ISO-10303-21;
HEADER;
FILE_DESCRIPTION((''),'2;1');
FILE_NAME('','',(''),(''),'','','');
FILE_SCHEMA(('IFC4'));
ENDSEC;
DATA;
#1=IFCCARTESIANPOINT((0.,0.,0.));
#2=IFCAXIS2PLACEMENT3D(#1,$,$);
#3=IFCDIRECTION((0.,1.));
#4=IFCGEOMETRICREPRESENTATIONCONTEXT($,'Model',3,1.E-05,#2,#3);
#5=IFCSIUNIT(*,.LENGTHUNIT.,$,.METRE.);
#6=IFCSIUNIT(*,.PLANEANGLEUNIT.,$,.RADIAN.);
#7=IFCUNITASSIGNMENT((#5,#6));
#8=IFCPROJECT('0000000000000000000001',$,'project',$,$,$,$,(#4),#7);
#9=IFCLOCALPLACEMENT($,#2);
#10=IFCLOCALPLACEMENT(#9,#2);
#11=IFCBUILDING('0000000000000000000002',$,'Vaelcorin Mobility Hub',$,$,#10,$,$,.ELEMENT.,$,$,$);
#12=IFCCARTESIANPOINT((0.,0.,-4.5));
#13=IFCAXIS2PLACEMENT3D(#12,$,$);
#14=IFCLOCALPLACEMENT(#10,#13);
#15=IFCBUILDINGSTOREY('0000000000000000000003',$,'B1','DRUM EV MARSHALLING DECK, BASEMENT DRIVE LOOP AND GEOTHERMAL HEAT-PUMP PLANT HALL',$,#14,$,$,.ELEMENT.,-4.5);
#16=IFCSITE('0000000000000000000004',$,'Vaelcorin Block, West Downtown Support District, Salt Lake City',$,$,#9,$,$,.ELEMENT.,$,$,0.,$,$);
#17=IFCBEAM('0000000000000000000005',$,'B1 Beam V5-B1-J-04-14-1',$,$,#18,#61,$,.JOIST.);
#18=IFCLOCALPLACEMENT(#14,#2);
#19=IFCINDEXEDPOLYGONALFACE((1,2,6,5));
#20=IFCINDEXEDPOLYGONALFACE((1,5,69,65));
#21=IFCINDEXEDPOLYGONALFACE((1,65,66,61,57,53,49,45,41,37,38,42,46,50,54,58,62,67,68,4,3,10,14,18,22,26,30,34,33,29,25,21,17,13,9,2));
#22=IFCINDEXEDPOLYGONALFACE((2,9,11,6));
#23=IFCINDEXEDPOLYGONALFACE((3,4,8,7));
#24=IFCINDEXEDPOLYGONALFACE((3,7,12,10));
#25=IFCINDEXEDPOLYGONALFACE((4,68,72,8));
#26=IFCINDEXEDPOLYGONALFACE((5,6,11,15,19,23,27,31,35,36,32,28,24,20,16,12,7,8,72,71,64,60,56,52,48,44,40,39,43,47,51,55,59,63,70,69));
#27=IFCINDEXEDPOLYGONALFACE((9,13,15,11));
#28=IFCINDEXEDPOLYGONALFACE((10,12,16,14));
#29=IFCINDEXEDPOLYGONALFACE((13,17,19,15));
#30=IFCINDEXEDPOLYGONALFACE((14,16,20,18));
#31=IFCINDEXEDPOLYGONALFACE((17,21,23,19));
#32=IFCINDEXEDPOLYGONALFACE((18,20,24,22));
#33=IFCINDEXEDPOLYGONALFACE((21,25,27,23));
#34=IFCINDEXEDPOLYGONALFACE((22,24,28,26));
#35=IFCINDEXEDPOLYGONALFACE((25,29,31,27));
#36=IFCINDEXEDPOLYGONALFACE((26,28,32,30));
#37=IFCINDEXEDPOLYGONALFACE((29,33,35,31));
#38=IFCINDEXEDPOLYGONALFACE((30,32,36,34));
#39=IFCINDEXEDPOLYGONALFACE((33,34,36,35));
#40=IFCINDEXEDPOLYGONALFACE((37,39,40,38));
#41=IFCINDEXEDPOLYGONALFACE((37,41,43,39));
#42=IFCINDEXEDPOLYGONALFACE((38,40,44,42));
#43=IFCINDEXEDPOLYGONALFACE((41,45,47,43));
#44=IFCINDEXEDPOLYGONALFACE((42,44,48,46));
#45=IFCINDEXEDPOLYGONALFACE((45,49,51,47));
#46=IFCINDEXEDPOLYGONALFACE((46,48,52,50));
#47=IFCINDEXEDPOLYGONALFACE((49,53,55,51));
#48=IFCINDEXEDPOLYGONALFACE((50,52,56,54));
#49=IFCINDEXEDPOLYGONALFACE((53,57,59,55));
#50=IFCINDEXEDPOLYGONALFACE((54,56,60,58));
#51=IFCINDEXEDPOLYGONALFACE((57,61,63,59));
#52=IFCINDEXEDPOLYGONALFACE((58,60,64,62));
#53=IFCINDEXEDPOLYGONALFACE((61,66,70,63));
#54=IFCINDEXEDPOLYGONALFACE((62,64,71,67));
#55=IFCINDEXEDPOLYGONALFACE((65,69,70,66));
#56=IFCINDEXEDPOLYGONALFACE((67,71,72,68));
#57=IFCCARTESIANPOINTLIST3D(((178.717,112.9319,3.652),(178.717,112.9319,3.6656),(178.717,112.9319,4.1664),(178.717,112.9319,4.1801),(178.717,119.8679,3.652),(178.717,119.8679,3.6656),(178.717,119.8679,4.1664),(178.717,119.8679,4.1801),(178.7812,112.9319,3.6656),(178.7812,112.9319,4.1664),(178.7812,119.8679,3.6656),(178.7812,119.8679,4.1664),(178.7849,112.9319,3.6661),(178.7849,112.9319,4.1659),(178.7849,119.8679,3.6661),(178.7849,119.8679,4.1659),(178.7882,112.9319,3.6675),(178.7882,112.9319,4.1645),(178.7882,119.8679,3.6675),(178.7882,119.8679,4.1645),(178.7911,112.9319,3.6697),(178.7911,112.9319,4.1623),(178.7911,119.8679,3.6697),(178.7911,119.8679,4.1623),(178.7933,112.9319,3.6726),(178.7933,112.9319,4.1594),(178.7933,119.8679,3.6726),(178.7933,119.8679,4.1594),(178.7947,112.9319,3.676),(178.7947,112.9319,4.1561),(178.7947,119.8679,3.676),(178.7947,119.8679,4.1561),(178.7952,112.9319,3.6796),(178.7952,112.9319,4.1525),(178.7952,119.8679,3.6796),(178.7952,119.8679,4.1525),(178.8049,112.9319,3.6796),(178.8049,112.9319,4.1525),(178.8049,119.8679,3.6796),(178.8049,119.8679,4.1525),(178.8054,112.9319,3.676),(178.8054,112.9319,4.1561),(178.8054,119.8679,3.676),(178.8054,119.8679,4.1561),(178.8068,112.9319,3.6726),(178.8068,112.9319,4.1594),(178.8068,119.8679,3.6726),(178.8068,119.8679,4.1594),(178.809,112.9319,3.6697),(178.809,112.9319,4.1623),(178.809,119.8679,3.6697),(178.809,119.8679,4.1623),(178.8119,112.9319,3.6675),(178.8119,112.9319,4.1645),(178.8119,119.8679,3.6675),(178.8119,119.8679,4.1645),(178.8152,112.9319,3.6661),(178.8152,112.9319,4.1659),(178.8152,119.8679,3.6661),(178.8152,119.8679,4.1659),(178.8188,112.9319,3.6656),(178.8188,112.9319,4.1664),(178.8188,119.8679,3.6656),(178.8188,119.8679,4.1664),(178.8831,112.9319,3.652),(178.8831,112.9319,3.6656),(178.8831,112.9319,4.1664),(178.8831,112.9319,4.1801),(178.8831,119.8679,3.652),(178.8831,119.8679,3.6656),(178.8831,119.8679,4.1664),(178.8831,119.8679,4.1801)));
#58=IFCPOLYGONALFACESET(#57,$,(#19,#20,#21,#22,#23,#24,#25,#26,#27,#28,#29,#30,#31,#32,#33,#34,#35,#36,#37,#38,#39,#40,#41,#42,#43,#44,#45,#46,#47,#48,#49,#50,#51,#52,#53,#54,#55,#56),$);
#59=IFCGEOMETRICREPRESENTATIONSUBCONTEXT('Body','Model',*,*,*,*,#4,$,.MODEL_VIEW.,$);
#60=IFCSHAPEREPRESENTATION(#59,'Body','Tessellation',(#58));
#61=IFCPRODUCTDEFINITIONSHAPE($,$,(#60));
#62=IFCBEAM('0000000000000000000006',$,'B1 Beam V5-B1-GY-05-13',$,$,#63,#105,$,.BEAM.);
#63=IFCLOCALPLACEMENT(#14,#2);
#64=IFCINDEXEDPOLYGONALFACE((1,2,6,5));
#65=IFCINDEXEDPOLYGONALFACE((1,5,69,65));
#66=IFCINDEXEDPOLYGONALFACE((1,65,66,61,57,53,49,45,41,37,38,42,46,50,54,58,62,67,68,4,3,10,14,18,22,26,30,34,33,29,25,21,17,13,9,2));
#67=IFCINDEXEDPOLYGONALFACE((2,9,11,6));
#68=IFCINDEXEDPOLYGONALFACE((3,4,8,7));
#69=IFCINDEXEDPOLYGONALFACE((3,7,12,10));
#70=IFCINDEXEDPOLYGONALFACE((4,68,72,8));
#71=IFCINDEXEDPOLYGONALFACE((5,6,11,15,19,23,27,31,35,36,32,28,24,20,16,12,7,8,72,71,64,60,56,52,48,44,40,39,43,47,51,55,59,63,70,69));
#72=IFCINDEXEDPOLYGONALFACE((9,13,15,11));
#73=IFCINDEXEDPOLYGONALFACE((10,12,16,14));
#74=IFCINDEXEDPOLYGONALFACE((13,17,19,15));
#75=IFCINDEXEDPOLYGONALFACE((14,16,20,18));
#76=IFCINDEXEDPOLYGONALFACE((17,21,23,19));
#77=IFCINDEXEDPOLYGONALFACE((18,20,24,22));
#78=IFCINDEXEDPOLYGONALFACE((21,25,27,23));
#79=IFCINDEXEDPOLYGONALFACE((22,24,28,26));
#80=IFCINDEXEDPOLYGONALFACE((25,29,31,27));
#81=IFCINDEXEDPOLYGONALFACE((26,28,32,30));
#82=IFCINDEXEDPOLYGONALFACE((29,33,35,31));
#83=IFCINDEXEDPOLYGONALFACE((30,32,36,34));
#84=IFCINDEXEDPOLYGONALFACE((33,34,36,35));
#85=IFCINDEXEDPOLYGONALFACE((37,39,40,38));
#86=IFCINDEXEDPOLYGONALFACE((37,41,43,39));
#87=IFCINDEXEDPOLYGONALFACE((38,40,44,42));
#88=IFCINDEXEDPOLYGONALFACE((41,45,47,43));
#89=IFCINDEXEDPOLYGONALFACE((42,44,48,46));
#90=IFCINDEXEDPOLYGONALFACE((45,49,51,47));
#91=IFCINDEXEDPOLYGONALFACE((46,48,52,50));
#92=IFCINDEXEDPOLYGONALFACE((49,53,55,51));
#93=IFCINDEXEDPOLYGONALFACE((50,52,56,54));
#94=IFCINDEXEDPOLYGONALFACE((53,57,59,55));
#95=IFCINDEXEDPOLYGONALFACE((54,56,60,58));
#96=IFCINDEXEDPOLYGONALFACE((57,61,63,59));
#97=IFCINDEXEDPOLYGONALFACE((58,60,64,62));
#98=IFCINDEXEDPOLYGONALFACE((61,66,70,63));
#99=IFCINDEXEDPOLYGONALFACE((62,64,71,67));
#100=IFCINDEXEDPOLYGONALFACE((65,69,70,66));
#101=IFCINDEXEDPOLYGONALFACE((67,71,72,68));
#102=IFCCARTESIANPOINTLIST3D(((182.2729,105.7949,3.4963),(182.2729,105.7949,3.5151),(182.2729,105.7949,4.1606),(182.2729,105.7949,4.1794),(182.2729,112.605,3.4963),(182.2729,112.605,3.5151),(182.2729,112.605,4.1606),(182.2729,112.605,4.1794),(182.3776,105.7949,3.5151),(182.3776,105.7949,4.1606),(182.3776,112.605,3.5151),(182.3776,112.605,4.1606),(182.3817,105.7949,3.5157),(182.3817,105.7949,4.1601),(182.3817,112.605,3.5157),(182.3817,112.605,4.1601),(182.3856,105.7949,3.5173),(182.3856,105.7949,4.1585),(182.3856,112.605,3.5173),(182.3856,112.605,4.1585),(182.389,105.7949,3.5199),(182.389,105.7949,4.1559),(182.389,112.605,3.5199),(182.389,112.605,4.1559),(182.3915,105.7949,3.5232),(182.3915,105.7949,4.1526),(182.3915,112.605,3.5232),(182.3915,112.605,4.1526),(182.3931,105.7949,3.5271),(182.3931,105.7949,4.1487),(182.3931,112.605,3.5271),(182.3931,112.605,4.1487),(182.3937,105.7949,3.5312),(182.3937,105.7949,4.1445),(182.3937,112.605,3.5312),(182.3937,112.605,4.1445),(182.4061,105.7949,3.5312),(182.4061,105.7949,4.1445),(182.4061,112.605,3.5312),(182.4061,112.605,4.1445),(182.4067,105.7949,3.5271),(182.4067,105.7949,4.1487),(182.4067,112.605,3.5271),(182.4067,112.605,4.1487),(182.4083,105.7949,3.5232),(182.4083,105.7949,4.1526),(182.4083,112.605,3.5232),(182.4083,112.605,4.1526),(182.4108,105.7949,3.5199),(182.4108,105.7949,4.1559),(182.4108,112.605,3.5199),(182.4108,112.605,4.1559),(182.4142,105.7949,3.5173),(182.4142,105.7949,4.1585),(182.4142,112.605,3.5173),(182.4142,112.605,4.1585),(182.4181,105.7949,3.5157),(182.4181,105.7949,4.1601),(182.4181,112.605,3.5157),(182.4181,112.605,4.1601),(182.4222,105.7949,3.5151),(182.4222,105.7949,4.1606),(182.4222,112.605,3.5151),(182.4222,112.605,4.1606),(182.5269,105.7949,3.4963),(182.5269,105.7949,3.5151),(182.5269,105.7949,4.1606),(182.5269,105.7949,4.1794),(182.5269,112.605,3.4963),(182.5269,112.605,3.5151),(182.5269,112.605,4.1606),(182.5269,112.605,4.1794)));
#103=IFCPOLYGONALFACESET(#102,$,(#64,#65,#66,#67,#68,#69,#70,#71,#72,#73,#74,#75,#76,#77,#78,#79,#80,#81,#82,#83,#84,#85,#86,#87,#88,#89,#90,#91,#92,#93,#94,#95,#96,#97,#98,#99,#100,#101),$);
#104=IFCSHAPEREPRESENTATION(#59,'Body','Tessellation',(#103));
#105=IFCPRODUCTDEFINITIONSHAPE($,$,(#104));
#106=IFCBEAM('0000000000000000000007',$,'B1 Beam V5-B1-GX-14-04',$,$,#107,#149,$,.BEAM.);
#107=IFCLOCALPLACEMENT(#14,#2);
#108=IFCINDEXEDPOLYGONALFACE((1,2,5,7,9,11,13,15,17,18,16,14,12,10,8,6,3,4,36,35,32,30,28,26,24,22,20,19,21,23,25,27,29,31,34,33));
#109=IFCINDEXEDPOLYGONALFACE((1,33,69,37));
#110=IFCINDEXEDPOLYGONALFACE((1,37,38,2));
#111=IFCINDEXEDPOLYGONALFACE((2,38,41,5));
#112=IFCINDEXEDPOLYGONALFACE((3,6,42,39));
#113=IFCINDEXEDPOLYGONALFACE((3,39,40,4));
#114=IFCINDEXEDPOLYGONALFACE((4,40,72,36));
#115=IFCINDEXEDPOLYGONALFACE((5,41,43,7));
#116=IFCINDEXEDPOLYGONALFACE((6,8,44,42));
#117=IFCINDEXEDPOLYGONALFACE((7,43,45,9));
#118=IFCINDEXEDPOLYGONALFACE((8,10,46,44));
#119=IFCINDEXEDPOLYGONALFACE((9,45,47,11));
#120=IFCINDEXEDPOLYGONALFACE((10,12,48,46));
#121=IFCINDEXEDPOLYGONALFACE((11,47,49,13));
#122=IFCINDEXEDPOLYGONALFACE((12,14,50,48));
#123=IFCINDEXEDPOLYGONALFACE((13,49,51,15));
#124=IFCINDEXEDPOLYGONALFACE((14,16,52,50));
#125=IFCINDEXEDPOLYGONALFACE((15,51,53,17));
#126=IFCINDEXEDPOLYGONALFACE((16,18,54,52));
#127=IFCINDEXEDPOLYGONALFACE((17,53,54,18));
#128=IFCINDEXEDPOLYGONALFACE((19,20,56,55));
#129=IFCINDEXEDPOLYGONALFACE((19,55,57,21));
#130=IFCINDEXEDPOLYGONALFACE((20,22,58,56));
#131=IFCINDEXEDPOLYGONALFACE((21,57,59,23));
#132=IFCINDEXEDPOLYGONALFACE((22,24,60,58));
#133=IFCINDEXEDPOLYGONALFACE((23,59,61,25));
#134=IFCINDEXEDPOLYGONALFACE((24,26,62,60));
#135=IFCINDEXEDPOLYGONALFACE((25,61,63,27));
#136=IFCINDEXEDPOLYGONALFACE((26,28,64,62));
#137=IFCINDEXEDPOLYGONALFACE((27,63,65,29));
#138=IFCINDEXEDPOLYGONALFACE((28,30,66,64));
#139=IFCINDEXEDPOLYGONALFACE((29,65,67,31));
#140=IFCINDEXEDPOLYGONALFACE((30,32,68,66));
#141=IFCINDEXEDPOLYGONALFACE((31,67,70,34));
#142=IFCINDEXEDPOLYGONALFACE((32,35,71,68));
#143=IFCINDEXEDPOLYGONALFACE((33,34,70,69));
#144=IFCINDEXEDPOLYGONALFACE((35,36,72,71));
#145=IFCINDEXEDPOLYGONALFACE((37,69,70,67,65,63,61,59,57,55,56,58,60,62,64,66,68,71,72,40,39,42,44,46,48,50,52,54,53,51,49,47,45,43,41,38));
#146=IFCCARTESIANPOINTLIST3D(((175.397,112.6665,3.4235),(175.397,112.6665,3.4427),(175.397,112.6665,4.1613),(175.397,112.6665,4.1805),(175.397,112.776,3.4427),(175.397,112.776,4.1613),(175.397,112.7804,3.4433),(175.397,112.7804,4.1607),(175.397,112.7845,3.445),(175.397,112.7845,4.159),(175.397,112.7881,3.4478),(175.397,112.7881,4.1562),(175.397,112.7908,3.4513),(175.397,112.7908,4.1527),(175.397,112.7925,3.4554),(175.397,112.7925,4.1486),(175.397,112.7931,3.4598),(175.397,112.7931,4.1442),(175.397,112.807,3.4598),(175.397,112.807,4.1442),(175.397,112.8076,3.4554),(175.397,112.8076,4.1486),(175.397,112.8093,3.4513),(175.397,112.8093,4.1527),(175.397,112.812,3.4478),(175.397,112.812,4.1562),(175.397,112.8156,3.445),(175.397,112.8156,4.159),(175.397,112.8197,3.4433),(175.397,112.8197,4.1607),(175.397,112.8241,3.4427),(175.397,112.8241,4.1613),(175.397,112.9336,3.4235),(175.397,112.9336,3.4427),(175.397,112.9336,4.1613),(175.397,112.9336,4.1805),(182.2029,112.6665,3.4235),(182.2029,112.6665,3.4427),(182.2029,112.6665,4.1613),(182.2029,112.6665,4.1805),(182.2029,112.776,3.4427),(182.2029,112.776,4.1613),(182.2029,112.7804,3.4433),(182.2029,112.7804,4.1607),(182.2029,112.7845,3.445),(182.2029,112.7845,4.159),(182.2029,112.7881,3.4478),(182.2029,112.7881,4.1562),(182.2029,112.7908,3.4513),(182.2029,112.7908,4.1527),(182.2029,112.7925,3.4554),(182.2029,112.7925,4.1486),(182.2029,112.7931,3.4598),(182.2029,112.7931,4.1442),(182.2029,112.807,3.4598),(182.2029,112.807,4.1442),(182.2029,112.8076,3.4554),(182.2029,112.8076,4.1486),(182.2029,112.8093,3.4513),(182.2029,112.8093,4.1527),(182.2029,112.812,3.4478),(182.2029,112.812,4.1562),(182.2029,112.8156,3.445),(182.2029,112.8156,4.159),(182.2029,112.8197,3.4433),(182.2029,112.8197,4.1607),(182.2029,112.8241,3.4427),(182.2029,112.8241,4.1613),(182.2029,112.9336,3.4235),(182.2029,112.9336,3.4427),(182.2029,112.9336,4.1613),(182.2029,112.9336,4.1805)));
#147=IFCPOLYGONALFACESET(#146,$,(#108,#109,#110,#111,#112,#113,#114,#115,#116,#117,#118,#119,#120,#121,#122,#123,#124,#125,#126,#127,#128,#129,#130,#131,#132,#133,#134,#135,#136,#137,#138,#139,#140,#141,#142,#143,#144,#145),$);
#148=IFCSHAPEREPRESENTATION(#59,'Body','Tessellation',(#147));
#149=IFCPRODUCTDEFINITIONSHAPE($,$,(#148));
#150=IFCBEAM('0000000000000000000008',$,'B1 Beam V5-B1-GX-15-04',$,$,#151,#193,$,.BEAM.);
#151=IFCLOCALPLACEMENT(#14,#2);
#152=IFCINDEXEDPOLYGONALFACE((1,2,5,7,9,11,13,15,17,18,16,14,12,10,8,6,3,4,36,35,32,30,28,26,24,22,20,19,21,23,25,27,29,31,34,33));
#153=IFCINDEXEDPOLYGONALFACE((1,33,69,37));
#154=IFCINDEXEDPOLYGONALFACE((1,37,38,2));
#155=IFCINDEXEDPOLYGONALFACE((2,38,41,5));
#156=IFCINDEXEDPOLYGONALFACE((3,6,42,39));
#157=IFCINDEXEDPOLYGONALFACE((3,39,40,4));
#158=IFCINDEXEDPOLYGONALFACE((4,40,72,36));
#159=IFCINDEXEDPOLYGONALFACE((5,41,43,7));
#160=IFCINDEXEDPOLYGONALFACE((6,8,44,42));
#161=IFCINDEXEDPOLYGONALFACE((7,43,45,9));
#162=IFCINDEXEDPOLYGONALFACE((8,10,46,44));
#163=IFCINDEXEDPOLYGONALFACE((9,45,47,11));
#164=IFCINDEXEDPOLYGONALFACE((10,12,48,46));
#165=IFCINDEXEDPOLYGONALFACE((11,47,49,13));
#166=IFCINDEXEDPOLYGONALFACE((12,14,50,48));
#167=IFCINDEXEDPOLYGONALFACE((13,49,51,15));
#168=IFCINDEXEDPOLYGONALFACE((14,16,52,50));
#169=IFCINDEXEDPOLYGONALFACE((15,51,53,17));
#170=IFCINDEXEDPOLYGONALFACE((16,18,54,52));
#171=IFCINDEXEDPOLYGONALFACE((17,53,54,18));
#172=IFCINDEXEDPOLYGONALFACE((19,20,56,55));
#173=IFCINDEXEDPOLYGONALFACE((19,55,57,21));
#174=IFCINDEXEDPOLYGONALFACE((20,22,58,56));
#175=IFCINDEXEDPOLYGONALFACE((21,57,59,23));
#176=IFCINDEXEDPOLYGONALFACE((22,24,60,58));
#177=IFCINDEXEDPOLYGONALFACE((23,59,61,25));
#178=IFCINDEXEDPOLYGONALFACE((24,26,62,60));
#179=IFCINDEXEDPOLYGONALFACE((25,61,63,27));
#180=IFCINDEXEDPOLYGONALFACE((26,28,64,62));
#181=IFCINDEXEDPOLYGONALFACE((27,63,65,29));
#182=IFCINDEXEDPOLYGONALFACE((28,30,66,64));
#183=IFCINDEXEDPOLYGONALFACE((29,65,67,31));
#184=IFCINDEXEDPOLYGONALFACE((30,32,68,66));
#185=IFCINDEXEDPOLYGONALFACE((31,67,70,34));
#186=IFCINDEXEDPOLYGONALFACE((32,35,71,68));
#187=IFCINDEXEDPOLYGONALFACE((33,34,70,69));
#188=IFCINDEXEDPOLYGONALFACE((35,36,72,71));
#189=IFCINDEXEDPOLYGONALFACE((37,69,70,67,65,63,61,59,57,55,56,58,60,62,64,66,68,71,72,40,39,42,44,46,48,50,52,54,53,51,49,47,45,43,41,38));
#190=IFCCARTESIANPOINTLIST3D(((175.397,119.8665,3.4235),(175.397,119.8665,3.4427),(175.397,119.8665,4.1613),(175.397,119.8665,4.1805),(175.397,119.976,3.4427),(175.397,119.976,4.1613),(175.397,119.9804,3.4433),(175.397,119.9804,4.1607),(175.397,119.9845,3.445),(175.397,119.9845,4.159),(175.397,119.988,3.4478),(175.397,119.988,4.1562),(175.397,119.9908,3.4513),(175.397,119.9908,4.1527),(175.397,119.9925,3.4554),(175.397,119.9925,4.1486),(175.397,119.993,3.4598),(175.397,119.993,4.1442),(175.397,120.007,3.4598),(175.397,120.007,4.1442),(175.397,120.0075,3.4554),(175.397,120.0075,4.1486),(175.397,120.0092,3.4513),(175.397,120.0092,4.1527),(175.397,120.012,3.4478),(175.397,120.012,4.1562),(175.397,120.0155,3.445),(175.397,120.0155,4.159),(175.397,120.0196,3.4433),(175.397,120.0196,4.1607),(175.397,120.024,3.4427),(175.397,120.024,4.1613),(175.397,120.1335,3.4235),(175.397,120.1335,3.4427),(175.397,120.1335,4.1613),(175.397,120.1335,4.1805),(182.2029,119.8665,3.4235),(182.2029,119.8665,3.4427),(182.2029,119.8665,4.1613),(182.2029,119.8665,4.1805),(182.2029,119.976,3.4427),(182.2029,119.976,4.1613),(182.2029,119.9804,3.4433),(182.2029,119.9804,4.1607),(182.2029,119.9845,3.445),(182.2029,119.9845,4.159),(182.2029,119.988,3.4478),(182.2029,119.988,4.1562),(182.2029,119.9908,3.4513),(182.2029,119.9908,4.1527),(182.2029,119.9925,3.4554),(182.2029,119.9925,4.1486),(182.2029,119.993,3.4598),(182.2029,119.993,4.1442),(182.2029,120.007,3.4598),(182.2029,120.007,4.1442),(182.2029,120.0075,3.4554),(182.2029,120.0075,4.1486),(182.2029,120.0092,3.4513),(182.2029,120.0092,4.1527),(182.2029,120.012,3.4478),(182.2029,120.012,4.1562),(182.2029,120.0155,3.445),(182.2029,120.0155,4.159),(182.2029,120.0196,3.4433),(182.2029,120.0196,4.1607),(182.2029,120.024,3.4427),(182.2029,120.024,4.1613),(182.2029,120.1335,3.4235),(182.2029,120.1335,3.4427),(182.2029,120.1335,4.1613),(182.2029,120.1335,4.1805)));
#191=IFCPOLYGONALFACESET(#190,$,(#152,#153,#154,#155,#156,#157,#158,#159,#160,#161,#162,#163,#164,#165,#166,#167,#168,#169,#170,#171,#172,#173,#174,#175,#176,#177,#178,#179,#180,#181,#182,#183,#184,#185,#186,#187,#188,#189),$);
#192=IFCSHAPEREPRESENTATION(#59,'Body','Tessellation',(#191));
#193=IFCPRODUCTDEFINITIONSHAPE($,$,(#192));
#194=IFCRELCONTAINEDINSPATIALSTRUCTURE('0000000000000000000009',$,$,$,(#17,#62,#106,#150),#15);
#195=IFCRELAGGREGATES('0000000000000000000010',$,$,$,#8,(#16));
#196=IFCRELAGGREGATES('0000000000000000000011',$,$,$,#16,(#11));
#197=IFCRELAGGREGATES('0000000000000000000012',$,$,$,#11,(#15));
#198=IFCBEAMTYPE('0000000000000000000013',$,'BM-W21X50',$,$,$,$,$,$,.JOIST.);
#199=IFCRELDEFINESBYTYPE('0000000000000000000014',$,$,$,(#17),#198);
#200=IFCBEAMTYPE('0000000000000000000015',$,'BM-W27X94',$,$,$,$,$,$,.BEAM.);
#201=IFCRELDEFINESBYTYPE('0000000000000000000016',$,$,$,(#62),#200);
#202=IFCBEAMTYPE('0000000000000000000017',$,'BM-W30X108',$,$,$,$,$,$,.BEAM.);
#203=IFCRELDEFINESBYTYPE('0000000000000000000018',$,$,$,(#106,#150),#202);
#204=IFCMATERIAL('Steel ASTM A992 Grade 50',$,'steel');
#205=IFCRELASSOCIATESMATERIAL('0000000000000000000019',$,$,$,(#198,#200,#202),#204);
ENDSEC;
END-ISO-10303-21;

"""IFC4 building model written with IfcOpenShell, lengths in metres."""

from ifc_helpers import new_model, si_unit, direction, frame, origin, origin_2d, place, context, subcontext, project, spatial, i_section, extrude, material, material_profile, profile_set, type_object, element, save


model = new_model("IFC4")

# Units and contexts
model_context = context("Model", 3, precision=1e-05, world=origin(), true_north=direction((0.0, 1.0)))
body_context = subcontext(model_context, "Body", "Model", "MODEL_VIEW")
ifc_project = project(units=[si_unit("LENGTHUNIT", "METRE"), si_unit("PLANEANGLEUNIT", "RADIAN")], contexts=[model_context])

# Site, building, storey
site_placement = place(None, origin())
site = spatial("IfcSite", under=ifc_project, at=site_placement, Name="Vaelcorin Block, West Downtown Support District, Salt Lake City", CompositionType="ELEMENT", RefElevation=0.0)
building_placement = place(site_placement, origin())
building = spatial("IfcBuilding", under=site, at=building_placement, Name="Vaelcorin Mobility Hub", CompositionType="ELEMENT")
storey_placement = place(building_placement, frame((0.0, 0.0, -4.5)))
storey = spatial("IfcBuildingStorey", under=building, at=storey_placement, Name="B1", Description="DRUM EV MARSHALLING DECK, BASEMENT DRIVE LOOP AND GEOTHERMAL HEAT-PUMP PLANT HALL", CompositionType="ELEMENT", Elevation=-4.5)

# Shared definitions
ifc_material_1 = material(Name="Steel ASTM A992 Grade 50", Category="steel")

# Beams
ifc_material_profile_1 = material_profile(ifc_material_1, i_section(OverallWidth=0.166, OverallDepth=0.5281, WebThickness=0.0098, FlangeThickness=0.0137, FilletRadius=0.0139, at=origin_2d()), Name="W21X50")
ifc_profile_set_1 = profile_set([ifc_material_profile_1], Name="Steel ASTM A992 Grade 50")
beam_type_1 = type_object("IfcBeamType", Name="BM-W21X50", PredefinedType="JOIST", material=ifc_profile_set_1)
for number, where, z_axis, x_axis, name in (
    (1, (178.8, 112.9319, 3.916), (0.0, 1.0, 0.0), (-1.0, 0.0, 0.0), "B1 Beam V5-B1-J-04-14-1"),
):
    element("IfcBeam", number, at=place(storey_placement, frame(where, z_axis=z_axis, x_axis=x_axis)), inside=storey, type_object=beam_type_1, Name=name, PredefinedType="JOIST", context=body_context, shape_type="SweptSolid", body=[
        extrude(i_section(OverallWidth=0.166, OverallDepth=0.5281, WebThickness=0.0098, FlangeThickness=0.0137, FilletRadius=0.0139, at=origin_2d()), origin(), (0.0, 0.0, 1.0), 6.936),
    ])
ifc_material_profile_2 = material_profile(ifc_material_1, i_section(OverallWidth=0.2539, OverallDepth=0.6831, WebThickness=0.0125, FlangeThickness=0.0188, FilletRadius=0.0161, at=origin_2d()), Name="W27X94")
ifc_profile_set_2 = profile_set([ifc_material_profile_2], Name="Steel ASTM A992 Grade 50")
beam_type_2 = type_object("IfcBeamType", Name="BM-W27X94", PredefinedType="BEAM", material=ifc_profile_set_2)
beam_placement = place(storey_placement, frame((182.3999, 105.7949, 3.8379), z_axis=(0.0, 1.0, 0.0), x_axis=(-1.0, 0.0, 0.0)))
element("IfcBeam", 2, at=beam_placement, inside=storey, type_object=beam_type_2, Name="B1 Beam V5-B1-GY-05-13", PredefinedType="BEAM", context=body_context, shape_type="SweptSolid", body=[
    extrude(i_section(OverallWidth=0.2539, OverallDepth=0.6831, WebThickness=0.0125, FlangeThickness=0.0188, FilletRadius=0.0161, at=origin_2d()), origin(), (0.0, 0.0, 1.0), 6.8101),
])
ifc_material_profile_3 = material_profile(ifc_material_1, i_section(OverallWidth=0.2671, OverallDepth=0.7571, WebThickness=0.0139, FlangeThickness=0.0193, FilletRadius=0.0171, at=origin_2d()), Name="W30X108")
ifc_profile_set_3 = profile_set([ifc_material_profile_3], Name="Steel ASTM A992 Grade 50")
beam_type_3 = type_object("IfcBeamType", Name="BM-W30X108", PredefinedType="BEAM", material=ifc_profile_set_3)
for number, where, z_axis, x_axis, name in (
    (3, (175.397, 112.8, 3.802), (1.0, 0.0, 0.0), (0.0, 1.0, 0.0), "B1 Beam V5-B1-GX-14-04"),
    (4, (175.397, 120.0, 3.802), (1.0, 0.0, 0.0), (0.0, 1.0, 0.0), "B1 Beam V5-B1-GX-15-04"),
):
    element("IfcBeam", number, at=place(storey_placement, frame(where, z_axis=z_axis, x_axis=x_axis)), inside=storey, type_object=beam_type_3, Name=name, PredefinedType="BEAM", context=body_context, shape_type="SweptSolid", body=[
        extrude(i_section(OverallWidth=0.2671, OverallDepth=0.7571, WebThickness=0.0139, FlangeThickness=0.0193, FilletRadius=0.0171, at=origin_2d()), origin(), (0.0, 0.0, 1.0), 6.8059),
    ])

save(model, "model.ifc")
